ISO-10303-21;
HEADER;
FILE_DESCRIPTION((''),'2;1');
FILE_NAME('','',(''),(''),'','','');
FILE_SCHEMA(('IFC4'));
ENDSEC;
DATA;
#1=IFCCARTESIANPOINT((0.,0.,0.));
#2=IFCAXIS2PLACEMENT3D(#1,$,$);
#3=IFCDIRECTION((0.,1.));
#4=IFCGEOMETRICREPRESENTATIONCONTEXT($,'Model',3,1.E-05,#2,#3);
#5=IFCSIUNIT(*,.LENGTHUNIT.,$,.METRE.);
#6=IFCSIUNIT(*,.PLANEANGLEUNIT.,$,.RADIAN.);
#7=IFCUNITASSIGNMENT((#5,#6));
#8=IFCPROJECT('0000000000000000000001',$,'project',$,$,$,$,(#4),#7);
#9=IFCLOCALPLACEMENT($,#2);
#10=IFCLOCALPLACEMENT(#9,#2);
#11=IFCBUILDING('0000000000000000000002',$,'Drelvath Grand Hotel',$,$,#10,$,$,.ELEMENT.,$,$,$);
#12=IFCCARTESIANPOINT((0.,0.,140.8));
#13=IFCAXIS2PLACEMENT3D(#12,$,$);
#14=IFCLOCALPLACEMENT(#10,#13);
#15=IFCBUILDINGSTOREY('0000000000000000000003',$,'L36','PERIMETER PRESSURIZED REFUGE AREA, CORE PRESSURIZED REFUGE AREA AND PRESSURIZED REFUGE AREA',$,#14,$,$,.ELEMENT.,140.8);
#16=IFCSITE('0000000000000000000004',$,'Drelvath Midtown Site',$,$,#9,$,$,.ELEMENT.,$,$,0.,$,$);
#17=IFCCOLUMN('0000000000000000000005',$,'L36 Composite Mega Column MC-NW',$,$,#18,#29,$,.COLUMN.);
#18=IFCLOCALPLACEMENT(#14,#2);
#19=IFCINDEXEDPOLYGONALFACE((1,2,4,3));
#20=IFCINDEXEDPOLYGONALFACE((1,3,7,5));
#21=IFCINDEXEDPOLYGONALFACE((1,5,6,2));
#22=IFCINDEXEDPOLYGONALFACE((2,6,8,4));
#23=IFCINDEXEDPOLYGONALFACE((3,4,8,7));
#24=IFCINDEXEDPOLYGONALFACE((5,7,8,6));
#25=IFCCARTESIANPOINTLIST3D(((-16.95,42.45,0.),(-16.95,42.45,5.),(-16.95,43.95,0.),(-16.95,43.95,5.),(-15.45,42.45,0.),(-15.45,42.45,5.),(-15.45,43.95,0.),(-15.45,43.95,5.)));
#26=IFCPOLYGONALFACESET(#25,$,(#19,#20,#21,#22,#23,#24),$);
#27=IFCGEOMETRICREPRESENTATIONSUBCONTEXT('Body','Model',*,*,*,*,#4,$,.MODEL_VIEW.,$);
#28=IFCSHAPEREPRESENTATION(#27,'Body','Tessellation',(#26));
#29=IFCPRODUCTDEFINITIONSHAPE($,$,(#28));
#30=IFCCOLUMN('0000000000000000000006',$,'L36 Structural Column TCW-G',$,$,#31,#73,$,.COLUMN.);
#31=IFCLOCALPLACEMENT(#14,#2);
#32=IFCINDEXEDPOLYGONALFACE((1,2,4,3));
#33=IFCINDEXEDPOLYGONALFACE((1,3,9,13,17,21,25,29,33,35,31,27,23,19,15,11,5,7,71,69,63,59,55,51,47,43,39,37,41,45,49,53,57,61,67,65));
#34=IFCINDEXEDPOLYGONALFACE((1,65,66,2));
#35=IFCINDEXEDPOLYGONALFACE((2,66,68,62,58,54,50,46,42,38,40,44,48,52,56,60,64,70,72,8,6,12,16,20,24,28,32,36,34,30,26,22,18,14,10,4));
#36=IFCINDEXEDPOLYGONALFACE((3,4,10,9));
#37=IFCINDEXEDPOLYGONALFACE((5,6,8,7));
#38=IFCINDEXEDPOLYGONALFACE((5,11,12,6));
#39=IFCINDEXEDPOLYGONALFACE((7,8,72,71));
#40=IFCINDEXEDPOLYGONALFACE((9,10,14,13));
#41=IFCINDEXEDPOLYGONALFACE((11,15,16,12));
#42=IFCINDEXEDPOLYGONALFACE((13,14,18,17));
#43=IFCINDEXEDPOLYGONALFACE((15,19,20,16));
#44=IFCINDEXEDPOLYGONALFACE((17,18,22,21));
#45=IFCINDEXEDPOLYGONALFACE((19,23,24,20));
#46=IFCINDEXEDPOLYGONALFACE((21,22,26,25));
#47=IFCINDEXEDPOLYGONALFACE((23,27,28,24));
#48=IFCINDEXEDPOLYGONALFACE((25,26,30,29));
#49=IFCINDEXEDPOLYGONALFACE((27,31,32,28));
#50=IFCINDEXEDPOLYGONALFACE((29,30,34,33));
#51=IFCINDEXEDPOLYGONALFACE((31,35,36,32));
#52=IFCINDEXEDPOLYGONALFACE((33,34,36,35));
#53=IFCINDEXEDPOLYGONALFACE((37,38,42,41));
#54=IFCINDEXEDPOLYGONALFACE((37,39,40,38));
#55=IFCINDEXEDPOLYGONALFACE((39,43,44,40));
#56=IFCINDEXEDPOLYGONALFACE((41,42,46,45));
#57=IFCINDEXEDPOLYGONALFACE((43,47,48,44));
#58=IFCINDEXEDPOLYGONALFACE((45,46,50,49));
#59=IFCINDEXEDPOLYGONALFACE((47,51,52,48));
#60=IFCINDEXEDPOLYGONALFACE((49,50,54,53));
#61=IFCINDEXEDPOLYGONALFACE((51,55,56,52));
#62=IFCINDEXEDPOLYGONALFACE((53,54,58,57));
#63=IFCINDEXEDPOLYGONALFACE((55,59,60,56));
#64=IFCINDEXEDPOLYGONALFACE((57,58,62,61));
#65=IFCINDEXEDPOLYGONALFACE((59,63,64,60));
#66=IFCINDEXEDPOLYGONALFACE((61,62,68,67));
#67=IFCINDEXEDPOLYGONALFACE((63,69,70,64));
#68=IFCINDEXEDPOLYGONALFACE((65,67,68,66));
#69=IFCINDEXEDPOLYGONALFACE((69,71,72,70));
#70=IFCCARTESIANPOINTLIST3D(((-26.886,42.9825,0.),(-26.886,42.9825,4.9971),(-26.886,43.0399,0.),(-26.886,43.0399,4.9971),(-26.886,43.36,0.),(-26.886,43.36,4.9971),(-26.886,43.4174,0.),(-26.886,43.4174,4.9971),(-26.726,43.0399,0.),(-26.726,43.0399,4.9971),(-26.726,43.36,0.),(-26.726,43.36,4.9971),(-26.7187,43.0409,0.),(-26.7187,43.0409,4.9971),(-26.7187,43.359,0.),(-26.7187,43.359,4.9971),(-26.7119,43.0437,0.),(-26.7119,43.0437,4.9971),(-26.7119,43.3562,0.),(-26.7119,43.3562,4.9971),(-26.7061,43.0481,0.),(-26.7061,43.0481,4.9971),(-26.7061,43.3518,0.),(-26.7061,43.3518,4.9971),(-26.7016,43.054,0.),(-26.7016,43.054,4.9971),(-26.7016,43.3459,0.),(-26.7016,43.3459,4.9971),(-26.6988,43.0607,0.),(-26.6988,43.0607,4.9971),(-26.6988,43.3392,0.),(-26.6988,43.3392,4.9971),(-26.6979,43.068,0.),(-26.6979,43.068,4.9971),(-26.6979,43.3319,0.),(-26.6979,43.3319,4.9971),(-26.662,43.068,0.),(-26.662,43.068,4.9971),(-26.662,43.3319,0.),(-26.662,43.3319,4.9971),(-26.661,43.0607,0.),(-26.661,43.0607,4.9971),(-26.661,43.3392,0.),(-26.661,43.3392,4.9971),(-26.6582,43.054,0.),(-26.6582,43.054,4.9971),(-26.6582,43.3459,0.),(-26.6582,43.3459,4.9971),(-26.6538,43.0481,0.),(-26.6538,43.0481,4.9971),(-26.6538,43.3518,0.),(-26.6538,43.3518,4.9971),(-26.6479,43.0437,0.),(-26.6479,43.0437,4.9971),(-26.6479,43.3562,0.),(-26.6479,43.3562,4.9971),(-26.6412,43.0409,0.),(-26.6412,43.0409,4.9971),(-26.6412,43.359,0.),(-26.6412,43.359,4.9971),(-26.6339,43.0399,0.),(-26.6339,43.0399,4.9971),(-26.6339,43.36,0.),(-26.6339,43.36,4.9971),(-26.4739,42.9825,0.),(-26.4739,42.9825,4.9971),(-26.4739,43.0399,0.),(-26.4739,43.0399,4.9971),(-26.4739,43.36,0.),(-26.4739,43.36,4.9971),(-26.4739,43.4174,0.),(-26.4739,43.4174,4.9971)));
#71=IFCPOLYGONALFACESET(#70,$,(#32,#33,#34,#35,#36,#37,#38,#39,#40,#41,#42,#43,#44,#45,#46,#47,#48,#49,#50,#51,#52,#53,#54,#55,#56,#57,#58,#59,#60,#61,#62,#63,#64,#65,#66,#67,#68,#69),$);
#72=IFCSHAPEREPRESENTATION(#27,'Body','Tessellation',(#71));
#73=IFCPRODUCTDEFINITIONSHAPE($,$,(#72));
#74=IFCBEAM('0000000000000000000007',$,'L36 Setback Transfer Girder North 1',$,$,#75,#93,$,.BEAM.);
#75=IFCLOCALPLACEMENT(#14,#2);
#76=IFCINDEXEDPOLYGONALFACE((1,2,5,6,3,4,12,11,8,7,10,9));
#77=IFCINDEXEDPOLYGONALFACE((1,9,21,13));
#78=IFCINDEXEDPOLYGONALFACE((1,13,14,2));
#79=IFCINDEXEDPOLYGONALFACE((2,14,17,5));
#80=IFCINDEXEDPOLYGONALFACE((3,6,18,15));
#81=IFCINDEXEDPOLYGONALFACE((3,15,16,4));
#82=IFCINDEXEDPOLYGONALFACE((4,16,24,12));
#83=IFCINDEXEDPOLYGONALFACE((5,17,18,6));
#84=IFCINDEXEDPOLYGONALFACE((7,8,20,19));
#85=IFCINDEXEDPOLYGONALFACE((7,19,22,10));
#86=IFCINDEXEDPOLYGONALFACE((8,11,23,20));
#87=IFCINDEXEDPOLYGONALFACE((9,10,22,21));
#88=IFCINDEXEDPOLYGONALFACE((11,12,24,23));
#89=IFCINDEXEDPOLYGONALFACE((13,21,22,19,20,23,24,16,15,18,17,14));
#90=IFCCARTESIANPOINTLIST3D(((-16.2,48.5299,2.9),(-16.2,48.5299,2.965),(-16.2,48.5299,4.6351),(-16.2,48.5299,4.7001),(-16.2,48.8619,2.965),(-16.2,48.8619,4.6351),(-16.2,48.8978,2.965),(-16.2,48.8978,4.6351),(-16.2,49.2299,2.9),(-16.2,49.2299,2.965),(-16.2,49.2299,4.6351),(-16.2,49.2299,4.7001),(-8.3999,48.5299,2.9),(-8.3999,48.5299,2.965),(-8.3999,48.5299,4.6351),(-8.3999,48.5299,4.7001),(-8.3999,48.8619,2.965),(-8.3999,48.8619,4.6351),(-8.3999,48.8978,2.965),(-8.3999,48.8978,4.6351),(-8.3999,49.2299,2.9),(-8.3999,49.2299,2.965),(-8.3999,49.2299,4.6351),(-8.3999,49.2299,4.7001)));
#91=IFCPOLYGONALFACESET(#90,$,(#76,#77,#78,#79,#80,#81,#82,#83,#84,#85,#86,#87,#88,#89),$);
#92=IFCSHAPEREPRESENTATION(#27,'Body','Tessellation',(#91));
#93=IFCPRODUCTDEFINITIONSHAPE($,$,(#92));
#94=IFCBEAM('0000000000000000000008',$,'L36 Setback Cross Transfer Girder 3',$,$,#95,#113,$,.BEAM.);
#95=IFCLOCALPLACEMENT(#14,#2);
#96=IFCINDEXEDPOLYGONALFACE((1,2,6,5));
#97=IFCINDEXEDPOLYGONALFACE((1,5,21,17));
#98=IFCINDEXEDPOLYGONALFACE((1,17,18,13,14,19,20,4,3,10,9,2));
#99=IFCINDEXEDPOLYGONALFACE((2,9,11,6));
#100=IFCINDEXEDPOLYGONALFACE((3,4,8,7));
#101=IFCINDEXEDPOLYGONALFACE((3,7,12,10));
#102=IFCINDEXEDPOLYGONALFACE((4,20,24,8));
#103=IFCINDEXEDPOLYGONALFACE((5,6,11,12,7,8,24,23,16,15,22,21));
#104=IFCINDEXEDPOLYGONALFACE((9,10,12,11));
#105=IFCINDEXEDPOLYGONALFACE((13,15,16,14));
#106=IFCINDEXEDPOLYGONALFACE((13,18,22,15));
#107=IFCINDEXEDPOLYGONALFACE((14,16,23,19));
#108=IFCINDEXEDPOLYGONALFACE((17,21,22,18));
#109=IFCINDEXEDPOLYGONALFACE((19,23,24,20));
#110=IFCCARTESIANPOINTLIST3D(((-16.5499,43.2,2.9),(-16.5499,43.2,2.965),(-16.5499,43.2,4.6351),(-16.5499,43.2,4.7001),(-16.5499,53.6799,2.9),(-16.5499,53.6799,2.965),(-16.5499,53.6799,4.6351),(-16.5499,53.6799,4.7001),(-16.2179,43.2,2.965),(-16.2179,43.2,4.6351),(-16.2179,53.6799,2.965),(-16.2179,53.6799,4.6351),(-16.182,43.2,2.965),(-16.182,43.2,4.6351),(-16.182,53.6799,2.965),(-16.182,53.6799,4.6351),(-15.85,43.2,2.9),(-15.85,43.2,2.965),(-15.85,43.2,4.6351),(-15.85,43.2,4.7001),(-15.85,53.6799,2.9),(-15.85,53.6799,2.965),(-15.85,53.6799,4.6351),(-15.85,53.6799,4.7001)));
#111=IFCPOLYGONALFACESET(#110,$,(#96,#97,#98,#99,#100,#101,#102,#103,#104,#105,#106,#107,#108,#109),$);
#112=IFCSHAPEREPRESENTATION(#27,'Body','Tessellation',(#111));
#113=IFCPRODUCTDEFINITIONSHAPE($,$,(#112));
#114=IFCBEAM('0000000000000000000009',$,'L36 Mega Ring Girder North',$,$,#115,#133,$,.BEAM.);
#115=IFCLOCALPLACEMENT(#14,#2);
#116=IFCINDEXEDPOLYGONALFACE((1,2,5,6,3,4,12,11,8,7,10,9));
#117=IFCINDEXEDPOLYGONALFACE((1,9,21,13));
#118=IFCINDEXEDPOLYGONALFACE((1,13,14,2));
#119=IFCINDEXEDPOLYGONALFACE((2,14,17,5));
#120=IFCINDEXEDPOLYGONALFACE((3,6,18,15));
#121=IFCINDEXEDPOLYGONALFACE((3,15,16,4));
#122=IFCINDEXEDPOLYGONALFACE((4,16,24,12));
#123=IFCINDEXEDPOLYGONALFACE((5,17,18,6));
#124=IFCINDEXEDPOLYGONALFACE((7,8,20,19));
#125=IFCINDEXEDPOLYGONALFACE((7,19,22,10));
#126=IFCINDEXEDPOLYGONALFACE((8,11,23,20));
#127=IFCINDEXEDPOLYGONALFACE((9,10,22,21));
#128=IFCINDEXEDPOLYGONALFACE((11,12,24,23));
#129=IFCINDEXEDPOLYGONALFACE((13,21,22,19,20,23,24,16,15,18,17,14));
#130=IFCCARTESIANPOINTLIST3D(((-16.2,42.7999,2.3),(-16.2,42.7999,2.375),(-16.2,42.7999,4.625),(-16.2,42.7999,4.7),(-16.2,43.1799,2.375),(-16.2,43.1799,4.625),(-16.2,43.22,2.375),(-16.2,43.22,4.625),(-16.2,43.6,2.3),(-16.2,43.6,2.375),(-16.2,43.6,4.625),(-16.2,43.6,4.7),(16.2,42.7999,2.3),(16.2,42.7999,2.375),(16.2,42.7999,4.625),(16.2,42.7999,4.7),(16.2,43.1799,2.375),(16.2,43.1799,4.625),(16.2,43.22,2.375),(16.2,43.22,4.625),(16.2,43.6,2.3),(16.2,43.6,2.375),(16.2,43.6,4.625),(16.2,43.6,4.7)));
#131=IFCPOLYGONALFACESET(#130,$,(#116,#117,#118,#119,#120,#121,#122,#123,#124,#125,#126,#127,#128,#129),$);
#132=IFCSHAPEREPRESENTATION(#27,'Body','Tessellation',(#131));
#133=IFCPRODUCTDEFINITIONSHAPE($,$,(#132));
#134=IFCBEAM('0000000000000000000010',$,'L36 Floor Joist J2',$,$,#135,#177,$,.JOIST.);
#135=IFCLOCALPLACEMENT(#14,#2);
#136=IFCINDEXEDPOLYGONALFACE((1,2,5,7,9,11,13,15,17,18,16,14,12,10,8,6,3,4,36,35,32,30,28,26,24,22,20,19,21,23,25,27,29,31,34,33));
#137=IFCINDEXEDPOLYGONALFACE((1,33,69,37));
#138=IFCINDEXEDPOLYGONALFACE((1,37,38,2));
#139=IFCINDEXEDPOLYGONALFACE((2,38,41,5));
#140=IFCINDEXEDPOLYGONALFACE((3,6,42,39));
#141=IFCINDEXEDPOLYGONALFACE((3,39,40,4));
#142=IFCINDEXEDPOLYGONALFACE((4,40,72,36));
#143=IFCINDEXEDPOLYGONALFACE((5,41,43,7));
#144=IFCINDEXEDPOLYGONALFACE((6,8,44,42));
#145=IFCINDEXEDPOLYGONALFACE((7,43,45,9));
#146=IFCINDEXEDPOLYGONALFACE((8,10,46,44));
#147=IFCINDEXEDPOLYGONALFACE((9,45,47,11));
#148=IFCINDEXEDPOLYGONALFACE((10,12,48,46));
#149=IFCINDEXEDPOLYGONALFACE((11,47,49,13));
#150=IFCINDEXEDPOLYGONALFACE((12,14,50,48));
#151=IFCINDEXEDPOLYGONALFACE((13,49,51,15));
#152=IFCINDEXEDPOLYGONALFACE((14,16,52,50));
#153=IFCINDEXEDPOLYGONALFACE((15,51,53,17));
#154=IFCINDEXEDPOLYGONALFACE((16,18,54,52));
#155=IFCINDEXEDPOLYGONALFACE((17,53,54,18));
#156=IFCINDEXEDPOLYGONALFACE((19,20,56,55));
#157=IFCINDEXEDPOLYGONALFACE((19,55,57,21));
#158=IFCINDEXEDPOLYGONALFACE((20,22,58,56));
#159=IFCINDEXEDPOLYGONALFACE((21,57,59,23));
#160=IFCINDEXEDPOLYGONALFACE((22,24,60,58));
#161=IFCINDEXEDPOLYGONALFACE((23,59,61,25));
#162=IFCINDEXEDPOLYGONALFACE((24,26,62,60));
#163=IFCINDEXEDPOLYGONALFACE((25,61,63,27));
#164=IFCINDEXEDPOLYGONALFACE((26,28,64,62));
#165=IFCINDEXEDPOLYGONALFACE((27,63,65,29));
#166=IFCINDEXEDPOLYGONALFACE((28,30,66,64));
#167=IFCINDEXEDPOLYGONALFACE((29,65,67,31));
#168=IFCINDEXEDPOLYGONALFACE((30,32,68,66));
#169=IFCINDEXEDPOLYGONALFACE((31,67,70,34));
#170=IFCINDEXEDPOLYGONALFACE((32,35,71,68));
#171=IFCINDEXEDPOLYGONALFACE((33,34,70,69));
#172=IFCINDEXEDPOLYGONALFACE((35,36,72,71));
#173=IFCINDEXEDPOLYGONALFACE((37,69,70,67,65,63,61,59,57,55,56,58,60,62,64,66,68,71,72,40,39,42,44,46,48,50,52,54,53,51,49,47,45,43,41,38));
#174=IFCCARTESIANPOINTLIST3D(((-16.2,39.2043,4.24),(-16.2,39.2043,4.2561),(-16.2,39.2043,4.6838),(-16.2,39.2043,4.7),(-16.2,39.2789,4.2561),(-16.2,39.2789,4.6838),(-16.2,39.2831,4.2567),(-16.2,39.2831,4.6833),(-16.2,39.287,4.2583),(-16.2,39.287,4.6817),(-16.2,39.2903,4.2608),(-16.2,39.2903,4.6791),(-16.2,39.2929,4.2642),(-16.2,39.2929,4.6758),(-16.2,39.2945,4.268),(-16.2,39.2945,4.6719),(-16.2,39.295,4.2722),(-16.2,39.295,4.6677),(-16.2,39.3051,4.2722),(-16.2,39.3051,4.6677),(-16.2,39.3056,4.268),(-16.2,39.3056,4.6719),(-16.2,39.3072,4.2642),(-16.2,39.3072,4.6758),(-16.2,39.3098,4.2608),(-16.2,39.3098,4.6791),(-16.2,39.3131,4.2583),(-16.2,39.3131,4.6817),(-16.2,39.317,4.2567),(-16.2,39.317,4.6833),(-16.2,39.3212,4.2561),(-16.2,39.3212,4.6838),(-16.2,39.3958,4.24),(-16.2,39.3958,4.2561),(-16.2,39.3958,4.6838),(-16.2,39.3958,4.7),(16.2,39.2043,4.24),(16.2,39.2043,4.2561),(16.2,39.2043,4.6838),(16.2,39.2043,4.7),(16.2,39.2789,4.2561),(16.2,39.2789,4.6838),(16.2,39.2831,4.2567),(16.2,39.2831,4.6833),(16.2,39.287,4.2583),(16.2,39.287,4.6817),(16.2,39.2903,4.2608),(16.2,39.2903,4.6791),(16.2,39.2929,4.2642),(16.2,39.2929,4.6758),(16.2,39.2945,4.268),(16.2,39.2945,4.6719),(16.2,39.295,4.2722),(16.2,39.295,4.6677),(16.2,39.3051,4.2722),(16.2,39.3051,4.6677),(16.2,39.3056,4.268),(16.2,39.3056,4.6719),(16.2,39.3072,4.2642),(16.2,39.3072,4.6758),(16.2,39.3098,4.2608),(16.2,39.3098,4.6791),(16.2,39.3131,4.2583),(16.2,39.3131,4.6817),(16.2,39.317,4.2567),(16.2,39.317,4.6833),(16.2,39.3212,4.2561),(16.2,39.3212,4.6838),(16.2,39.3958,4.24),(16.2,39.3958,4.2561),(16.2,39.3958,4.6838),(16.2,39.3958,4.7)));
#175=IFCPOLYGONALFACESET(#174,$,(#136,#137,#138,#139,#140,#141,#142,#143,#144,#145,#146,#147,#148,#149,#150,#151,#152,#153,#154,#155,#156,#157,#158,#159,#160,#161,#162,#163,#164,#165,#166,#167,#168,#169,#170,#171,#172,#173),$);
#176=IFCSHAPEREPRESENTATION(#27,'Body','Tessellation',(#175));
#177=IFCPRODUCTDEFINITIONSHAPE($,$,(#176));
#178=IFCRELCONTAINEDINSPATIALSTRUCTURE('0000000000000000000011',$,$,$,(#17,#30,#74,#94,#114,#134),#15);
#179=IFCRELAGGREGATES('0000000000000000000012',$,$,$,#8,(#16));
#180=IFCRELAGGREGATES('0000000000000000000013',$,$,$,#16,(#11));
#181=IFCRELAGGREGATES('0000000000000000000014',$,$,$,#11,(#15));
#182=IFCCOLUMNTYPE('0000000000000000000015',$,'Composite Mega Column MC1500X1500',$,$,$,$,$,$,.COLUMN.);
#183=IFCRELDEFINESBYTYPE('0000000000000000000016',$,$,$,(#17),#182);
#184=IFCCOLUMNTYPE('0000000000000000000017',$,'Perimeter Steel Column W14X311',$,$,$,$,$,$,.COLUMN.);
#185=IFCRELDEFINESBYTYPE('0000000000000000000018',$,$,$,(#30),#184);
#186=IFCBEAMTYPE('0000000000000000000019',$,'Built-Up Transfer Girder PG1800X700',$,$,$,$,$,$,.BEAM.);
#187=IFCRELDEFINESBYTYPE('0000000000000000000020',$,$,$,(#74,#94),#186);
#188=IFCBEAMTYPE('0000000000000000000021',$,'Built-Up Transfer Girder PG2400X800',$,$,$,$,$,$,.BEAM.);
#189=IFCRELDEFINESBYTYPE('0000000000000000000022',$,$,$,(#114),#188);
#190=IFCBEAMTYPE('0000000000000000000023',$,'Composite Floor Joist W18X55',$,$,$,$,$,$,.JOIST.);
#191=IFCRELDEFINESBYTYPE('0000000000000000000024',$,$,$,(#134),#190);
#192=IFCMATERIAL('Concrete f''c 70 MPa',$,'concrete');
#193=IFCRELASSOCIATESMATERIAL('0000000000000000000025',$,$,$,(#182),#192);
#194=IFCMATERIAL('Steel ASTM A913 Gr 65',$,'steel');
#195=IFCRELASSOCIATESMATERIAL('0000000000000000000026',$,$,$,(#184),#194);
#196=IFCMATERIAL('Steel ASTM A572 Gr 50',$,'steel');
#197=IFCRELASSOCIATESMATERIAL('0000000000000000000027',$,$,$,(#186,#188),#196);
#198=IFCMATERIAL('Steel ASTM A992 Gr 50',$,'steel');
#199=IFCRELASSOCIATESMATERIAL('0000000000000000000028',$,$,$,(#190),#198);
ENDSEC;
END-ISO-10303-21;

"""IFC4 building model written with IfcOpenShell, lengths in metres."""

from ifc_helpers import new_model, si_unit, direction, frame, origin, origin_2d, place, context, subcontext, project, spatial, rectangle, i_section, extrude, material, material_profile, profile_set, type_object, element, save


model = new_model("IFC4")

# Units and contexts
model_context = context("Model", 3, precision=1e-05, world=origin(), true_north=direction((0.0, 1.0)))
body_context = subcontext(model_context, "Body", "Model", "MODEL_VIEW")
ifc_project = project(units=[si_unit("LENGTHUNIT", "METRE"), si_unit("PLANEANGLEUNIT", "RADIAN")], contexts=[model_context])

# Site, building, storey
site_placement = place(None, origin())
site = spatial("IfcSite", under=ifc_project, at=site_placement, Name="Drelvath Midtown Site", CompositionType="ELEMENT", RefElevation=0.0)
building_placement = place(site_placement, origin())
building = spatial("IfcBuilding", under=site, at=building_placement, Name="Drelvath Grand Hotel", CompositionType="ELEMENT")
storey_placement = place(building_placement, frame((0.0, 0.0, 140.8)))
storey = spatial("IfcBuildingStorey", under=building, at=storey_placement, Name="L36", Description="PERIMETER PRESSURIZED REFUGE AREA, CORE PRESSURIZED REFUGE AREA AND PRESSURIZED REFUGE AREA", CompositionType="ELEMENT", Elevation=140.8)

# Columns
ifc_material_1 = material(Name="Concrete f'c 70 MPa", Category="concrete")
ifc_material_profile_1 = material_profile(ifc_material_1, rectangle(XDim=1.5, YDim=1.5, at=origin_2d()), Name="MC1500X1500")
ifc_profile_set_1 = profile_set([ifc_material_profile_1], Name="Concrete f'c 70 MPa")
column_type_1 = type_object("IfcColumnType", Name="Composite Mega Column MC1500X1500", PredefinedType="COLUMN", material=ifc_profile_set_1)
column_1_placement = place(storey_placement, frame((-16.2, 43.2, 0.0), z_axis=(0.0, 0.0, 1.0), x_axis=(1.0, 0.0, 0.0)))
element("IfcColumn", 1, at=column_1_placement, inside=storey, type_object=column_type_1, Name="L36 Composite Mega Column MC-NW", PredefinedType="COLUMN", context=body_context, shape_type="SweptSolid", body=[
    extrude(rectangle(XDim=1.5, YDim=1.5, at=origin_2d()), origin(), (0.0, 0.0, 1.0), 5.0),
])
ifc_material_2 = material(Name="Steel ASTM A913 Gr 65", Category="steel")
ifc_material_profile_2 = material_profile(ifc_material_2, i_section(OverallWidth=0.4121, OverallDepth=0.4348, WebThickness=0.0359, FlangeThickness=0.0574, FilletRadius=0.0281, at=origin_2d()), Name="W14X311")
ifc_profile_set_2 = profile_set([ifc_material_profile_2], Name="Steel ASTM A913 Gr 65")
column_type_2 = type_object("IfcColumnType", Name="Perimeter Steel Column W14X311", PredefinedType="COLUMN", material=ifc_profile_set_2)
column_2_placement = place(storey_placement, frame((-26.6799, 43.2, 0.0), z_axis=(0.0, 0.0, 1.0), x_axis=(1.0, 0.0, 0.0)))
element("IfcColumn", 2, at=column_2_placement, inside=storey, type_object=column_type_2, Name="L36 Structural Column TCW-G", PredefinedType="COLUMN", context=body_context, shape_type="SweptSolid", body=[
    extrude(i_section(OverallWidth=0.4121, OverallDepth=0.4348, WebThickness=0.0359, FlangeThickness=0.0574, FilletRadius=0.0281, at=origin_2d()), origin(), (0.0, 0.0, 1.0), 4.9971),
])

# Beams
ifc_material_3 = material(Name="Steel ASTM A572 Gr 50", Category="steel")
ifc_material_profile_3 = material_profile(ifc_material_3, i_section(OverallWidth=0.7, OverallDepth=1.8, WebThickness=0.0359, FlangeThickness=0.0649, at=origin_2d()), Name="PG1800X700")
ifc_profile_set_3 = profile_set([ifc_material_profile_3], Name="Steel ASTM A572 Gr 50")
beam_type_1 = type_object("IfcBeamType", Name="Built-Up Transfer Girder PG1800X700", PredefinedType="BEAM", material=ifc_profile_set_3)
beam_1_placement = place(storey_placement, frame((-16.2, 48.8799, 3.8), z_axis=(1.0, 0.0, 0.0), x_axis=(0.0, 1.0, 0.0)))
element("IfcBeam", 3, at=beam_1_placement, inside=storey, type_object=beam_type_1, Name="L36 Setback Transfer Girder North 1", PredefinedType="BEAM", context=body_context, shape_type="SweptSolid", body=[
    extrude(i_section(OverallWidth=0.7, OverallDepth=1.8, WebThickness=0.0359, FlangeThickness=0.0649, at=origin_2d()), origin(), (0.0, 0.0, 1.0), 7.8),
])
beam_2_placement = place(storey_placement, frame((-16.2, 43.2, 3.8), z_axis=(0.0, 1.0, 0.0), x_axis=(-1.0, 0.0, 0.0)))
element("IfcBeam", 4, at=beam_2_placement, inside=storey, type_object=beam_type_1, Name="L36 Setback Cross Transfer Girder 3", PredefinedType="BEAM", context=body_context, shape_type="SweptSolid", body=[
    extrude(i_section(OverallWidth=0.7, OverallDepth=1.8, WebThickness=0.0359, FlangeThickness=0.0649, at=origin_2d()), origin(), (0.0, 0.0, 1.0), 10.48),
])
ifc_material_profile_4 = material_profile(ifc_material_3, i_section(OverallWidth=0.8, OverallDepth=2.3999, WebThickness=0.04, FlangeThickness=0.075, at=origin_2d()), Name="PG2400X800")
ifc_profile_set_4 = profile_set([ifc_material_profile_4], Name="Steel ASTM A572 Gr 50")
beam_type_2 = type_object("IfcBeamType", Name="Built-Up Transfer Girder PG2400X800", PredefinedType="BEAM", material=ifc_profile_set_4)
beam_3_placement = place(storey_placement, frame((-16.2, 43.2, 3.5), z_axis=(1.0, 0.0, 0.0), x_axis=(0.0, 1.0, 0.0)))
element("IfcBeam", 5, at=beam_3_placement, inside=storey, type_object=beam_type_2, Name="L36 Mega Ring Girder North", PredefinedType="BEAM", context=body_context, shape_type="SweptSolid", body=[
    extrude(i_section(OverallWidth=0.8, OverallDepth=2.3999, WebThickness=0.04, FlangeThickness=0.075, at=origin_2d()), origin(), (0.0, 0.0, 1.0), 32.3999),
])
ifc_material_4 = material(Name="Steel ASTM A992 Gr 50", Category="steel")
ifc_material_profile_5 = material_profile(ifc_material_4, i_section(OverallWidth=0.1914, OverallDepth=0.46, WebThickness=0.01, FlangeThickness=0.0161, FilletRadius=0.0161, at=origin_2d()), Name="W18X55")
ifc_profile_set_5 = profile_set([ifc_material_profile_5], Name="Steel ASTM A992 Gr 50")
beam_type_3 = type_object("IfcBeamType", Name="Composite Floor Joist W18X55", PredefinedType="JOIST", material=ifc_profile_set_5)
beam_4_placement = place(storey_placement, frame((-16.2, 39.3, 4.47), z_axis=(1.0, 0.0, 0.0), x_axis=(0.0, 1.0, 0.0)))
element("IfcBeam", 6, at=beam_4_placement, inside=storey, type_object=beam_type_3, Name="L36 Floor Joist J2", PredefinedType="JOIST", context=body_context, shape_type="SweptSolid", body=[
    extrude(i_section(OverallWidth=0.1914, OverallDepth=0.46, WebThickness=0.01, FlangeThickness=0.0161, FilletRadius=0.0161, at=origin_2d()), origin(), (0.0, 0.0, 1.0), 32.3999),
])

save(model, "model.ifc")
